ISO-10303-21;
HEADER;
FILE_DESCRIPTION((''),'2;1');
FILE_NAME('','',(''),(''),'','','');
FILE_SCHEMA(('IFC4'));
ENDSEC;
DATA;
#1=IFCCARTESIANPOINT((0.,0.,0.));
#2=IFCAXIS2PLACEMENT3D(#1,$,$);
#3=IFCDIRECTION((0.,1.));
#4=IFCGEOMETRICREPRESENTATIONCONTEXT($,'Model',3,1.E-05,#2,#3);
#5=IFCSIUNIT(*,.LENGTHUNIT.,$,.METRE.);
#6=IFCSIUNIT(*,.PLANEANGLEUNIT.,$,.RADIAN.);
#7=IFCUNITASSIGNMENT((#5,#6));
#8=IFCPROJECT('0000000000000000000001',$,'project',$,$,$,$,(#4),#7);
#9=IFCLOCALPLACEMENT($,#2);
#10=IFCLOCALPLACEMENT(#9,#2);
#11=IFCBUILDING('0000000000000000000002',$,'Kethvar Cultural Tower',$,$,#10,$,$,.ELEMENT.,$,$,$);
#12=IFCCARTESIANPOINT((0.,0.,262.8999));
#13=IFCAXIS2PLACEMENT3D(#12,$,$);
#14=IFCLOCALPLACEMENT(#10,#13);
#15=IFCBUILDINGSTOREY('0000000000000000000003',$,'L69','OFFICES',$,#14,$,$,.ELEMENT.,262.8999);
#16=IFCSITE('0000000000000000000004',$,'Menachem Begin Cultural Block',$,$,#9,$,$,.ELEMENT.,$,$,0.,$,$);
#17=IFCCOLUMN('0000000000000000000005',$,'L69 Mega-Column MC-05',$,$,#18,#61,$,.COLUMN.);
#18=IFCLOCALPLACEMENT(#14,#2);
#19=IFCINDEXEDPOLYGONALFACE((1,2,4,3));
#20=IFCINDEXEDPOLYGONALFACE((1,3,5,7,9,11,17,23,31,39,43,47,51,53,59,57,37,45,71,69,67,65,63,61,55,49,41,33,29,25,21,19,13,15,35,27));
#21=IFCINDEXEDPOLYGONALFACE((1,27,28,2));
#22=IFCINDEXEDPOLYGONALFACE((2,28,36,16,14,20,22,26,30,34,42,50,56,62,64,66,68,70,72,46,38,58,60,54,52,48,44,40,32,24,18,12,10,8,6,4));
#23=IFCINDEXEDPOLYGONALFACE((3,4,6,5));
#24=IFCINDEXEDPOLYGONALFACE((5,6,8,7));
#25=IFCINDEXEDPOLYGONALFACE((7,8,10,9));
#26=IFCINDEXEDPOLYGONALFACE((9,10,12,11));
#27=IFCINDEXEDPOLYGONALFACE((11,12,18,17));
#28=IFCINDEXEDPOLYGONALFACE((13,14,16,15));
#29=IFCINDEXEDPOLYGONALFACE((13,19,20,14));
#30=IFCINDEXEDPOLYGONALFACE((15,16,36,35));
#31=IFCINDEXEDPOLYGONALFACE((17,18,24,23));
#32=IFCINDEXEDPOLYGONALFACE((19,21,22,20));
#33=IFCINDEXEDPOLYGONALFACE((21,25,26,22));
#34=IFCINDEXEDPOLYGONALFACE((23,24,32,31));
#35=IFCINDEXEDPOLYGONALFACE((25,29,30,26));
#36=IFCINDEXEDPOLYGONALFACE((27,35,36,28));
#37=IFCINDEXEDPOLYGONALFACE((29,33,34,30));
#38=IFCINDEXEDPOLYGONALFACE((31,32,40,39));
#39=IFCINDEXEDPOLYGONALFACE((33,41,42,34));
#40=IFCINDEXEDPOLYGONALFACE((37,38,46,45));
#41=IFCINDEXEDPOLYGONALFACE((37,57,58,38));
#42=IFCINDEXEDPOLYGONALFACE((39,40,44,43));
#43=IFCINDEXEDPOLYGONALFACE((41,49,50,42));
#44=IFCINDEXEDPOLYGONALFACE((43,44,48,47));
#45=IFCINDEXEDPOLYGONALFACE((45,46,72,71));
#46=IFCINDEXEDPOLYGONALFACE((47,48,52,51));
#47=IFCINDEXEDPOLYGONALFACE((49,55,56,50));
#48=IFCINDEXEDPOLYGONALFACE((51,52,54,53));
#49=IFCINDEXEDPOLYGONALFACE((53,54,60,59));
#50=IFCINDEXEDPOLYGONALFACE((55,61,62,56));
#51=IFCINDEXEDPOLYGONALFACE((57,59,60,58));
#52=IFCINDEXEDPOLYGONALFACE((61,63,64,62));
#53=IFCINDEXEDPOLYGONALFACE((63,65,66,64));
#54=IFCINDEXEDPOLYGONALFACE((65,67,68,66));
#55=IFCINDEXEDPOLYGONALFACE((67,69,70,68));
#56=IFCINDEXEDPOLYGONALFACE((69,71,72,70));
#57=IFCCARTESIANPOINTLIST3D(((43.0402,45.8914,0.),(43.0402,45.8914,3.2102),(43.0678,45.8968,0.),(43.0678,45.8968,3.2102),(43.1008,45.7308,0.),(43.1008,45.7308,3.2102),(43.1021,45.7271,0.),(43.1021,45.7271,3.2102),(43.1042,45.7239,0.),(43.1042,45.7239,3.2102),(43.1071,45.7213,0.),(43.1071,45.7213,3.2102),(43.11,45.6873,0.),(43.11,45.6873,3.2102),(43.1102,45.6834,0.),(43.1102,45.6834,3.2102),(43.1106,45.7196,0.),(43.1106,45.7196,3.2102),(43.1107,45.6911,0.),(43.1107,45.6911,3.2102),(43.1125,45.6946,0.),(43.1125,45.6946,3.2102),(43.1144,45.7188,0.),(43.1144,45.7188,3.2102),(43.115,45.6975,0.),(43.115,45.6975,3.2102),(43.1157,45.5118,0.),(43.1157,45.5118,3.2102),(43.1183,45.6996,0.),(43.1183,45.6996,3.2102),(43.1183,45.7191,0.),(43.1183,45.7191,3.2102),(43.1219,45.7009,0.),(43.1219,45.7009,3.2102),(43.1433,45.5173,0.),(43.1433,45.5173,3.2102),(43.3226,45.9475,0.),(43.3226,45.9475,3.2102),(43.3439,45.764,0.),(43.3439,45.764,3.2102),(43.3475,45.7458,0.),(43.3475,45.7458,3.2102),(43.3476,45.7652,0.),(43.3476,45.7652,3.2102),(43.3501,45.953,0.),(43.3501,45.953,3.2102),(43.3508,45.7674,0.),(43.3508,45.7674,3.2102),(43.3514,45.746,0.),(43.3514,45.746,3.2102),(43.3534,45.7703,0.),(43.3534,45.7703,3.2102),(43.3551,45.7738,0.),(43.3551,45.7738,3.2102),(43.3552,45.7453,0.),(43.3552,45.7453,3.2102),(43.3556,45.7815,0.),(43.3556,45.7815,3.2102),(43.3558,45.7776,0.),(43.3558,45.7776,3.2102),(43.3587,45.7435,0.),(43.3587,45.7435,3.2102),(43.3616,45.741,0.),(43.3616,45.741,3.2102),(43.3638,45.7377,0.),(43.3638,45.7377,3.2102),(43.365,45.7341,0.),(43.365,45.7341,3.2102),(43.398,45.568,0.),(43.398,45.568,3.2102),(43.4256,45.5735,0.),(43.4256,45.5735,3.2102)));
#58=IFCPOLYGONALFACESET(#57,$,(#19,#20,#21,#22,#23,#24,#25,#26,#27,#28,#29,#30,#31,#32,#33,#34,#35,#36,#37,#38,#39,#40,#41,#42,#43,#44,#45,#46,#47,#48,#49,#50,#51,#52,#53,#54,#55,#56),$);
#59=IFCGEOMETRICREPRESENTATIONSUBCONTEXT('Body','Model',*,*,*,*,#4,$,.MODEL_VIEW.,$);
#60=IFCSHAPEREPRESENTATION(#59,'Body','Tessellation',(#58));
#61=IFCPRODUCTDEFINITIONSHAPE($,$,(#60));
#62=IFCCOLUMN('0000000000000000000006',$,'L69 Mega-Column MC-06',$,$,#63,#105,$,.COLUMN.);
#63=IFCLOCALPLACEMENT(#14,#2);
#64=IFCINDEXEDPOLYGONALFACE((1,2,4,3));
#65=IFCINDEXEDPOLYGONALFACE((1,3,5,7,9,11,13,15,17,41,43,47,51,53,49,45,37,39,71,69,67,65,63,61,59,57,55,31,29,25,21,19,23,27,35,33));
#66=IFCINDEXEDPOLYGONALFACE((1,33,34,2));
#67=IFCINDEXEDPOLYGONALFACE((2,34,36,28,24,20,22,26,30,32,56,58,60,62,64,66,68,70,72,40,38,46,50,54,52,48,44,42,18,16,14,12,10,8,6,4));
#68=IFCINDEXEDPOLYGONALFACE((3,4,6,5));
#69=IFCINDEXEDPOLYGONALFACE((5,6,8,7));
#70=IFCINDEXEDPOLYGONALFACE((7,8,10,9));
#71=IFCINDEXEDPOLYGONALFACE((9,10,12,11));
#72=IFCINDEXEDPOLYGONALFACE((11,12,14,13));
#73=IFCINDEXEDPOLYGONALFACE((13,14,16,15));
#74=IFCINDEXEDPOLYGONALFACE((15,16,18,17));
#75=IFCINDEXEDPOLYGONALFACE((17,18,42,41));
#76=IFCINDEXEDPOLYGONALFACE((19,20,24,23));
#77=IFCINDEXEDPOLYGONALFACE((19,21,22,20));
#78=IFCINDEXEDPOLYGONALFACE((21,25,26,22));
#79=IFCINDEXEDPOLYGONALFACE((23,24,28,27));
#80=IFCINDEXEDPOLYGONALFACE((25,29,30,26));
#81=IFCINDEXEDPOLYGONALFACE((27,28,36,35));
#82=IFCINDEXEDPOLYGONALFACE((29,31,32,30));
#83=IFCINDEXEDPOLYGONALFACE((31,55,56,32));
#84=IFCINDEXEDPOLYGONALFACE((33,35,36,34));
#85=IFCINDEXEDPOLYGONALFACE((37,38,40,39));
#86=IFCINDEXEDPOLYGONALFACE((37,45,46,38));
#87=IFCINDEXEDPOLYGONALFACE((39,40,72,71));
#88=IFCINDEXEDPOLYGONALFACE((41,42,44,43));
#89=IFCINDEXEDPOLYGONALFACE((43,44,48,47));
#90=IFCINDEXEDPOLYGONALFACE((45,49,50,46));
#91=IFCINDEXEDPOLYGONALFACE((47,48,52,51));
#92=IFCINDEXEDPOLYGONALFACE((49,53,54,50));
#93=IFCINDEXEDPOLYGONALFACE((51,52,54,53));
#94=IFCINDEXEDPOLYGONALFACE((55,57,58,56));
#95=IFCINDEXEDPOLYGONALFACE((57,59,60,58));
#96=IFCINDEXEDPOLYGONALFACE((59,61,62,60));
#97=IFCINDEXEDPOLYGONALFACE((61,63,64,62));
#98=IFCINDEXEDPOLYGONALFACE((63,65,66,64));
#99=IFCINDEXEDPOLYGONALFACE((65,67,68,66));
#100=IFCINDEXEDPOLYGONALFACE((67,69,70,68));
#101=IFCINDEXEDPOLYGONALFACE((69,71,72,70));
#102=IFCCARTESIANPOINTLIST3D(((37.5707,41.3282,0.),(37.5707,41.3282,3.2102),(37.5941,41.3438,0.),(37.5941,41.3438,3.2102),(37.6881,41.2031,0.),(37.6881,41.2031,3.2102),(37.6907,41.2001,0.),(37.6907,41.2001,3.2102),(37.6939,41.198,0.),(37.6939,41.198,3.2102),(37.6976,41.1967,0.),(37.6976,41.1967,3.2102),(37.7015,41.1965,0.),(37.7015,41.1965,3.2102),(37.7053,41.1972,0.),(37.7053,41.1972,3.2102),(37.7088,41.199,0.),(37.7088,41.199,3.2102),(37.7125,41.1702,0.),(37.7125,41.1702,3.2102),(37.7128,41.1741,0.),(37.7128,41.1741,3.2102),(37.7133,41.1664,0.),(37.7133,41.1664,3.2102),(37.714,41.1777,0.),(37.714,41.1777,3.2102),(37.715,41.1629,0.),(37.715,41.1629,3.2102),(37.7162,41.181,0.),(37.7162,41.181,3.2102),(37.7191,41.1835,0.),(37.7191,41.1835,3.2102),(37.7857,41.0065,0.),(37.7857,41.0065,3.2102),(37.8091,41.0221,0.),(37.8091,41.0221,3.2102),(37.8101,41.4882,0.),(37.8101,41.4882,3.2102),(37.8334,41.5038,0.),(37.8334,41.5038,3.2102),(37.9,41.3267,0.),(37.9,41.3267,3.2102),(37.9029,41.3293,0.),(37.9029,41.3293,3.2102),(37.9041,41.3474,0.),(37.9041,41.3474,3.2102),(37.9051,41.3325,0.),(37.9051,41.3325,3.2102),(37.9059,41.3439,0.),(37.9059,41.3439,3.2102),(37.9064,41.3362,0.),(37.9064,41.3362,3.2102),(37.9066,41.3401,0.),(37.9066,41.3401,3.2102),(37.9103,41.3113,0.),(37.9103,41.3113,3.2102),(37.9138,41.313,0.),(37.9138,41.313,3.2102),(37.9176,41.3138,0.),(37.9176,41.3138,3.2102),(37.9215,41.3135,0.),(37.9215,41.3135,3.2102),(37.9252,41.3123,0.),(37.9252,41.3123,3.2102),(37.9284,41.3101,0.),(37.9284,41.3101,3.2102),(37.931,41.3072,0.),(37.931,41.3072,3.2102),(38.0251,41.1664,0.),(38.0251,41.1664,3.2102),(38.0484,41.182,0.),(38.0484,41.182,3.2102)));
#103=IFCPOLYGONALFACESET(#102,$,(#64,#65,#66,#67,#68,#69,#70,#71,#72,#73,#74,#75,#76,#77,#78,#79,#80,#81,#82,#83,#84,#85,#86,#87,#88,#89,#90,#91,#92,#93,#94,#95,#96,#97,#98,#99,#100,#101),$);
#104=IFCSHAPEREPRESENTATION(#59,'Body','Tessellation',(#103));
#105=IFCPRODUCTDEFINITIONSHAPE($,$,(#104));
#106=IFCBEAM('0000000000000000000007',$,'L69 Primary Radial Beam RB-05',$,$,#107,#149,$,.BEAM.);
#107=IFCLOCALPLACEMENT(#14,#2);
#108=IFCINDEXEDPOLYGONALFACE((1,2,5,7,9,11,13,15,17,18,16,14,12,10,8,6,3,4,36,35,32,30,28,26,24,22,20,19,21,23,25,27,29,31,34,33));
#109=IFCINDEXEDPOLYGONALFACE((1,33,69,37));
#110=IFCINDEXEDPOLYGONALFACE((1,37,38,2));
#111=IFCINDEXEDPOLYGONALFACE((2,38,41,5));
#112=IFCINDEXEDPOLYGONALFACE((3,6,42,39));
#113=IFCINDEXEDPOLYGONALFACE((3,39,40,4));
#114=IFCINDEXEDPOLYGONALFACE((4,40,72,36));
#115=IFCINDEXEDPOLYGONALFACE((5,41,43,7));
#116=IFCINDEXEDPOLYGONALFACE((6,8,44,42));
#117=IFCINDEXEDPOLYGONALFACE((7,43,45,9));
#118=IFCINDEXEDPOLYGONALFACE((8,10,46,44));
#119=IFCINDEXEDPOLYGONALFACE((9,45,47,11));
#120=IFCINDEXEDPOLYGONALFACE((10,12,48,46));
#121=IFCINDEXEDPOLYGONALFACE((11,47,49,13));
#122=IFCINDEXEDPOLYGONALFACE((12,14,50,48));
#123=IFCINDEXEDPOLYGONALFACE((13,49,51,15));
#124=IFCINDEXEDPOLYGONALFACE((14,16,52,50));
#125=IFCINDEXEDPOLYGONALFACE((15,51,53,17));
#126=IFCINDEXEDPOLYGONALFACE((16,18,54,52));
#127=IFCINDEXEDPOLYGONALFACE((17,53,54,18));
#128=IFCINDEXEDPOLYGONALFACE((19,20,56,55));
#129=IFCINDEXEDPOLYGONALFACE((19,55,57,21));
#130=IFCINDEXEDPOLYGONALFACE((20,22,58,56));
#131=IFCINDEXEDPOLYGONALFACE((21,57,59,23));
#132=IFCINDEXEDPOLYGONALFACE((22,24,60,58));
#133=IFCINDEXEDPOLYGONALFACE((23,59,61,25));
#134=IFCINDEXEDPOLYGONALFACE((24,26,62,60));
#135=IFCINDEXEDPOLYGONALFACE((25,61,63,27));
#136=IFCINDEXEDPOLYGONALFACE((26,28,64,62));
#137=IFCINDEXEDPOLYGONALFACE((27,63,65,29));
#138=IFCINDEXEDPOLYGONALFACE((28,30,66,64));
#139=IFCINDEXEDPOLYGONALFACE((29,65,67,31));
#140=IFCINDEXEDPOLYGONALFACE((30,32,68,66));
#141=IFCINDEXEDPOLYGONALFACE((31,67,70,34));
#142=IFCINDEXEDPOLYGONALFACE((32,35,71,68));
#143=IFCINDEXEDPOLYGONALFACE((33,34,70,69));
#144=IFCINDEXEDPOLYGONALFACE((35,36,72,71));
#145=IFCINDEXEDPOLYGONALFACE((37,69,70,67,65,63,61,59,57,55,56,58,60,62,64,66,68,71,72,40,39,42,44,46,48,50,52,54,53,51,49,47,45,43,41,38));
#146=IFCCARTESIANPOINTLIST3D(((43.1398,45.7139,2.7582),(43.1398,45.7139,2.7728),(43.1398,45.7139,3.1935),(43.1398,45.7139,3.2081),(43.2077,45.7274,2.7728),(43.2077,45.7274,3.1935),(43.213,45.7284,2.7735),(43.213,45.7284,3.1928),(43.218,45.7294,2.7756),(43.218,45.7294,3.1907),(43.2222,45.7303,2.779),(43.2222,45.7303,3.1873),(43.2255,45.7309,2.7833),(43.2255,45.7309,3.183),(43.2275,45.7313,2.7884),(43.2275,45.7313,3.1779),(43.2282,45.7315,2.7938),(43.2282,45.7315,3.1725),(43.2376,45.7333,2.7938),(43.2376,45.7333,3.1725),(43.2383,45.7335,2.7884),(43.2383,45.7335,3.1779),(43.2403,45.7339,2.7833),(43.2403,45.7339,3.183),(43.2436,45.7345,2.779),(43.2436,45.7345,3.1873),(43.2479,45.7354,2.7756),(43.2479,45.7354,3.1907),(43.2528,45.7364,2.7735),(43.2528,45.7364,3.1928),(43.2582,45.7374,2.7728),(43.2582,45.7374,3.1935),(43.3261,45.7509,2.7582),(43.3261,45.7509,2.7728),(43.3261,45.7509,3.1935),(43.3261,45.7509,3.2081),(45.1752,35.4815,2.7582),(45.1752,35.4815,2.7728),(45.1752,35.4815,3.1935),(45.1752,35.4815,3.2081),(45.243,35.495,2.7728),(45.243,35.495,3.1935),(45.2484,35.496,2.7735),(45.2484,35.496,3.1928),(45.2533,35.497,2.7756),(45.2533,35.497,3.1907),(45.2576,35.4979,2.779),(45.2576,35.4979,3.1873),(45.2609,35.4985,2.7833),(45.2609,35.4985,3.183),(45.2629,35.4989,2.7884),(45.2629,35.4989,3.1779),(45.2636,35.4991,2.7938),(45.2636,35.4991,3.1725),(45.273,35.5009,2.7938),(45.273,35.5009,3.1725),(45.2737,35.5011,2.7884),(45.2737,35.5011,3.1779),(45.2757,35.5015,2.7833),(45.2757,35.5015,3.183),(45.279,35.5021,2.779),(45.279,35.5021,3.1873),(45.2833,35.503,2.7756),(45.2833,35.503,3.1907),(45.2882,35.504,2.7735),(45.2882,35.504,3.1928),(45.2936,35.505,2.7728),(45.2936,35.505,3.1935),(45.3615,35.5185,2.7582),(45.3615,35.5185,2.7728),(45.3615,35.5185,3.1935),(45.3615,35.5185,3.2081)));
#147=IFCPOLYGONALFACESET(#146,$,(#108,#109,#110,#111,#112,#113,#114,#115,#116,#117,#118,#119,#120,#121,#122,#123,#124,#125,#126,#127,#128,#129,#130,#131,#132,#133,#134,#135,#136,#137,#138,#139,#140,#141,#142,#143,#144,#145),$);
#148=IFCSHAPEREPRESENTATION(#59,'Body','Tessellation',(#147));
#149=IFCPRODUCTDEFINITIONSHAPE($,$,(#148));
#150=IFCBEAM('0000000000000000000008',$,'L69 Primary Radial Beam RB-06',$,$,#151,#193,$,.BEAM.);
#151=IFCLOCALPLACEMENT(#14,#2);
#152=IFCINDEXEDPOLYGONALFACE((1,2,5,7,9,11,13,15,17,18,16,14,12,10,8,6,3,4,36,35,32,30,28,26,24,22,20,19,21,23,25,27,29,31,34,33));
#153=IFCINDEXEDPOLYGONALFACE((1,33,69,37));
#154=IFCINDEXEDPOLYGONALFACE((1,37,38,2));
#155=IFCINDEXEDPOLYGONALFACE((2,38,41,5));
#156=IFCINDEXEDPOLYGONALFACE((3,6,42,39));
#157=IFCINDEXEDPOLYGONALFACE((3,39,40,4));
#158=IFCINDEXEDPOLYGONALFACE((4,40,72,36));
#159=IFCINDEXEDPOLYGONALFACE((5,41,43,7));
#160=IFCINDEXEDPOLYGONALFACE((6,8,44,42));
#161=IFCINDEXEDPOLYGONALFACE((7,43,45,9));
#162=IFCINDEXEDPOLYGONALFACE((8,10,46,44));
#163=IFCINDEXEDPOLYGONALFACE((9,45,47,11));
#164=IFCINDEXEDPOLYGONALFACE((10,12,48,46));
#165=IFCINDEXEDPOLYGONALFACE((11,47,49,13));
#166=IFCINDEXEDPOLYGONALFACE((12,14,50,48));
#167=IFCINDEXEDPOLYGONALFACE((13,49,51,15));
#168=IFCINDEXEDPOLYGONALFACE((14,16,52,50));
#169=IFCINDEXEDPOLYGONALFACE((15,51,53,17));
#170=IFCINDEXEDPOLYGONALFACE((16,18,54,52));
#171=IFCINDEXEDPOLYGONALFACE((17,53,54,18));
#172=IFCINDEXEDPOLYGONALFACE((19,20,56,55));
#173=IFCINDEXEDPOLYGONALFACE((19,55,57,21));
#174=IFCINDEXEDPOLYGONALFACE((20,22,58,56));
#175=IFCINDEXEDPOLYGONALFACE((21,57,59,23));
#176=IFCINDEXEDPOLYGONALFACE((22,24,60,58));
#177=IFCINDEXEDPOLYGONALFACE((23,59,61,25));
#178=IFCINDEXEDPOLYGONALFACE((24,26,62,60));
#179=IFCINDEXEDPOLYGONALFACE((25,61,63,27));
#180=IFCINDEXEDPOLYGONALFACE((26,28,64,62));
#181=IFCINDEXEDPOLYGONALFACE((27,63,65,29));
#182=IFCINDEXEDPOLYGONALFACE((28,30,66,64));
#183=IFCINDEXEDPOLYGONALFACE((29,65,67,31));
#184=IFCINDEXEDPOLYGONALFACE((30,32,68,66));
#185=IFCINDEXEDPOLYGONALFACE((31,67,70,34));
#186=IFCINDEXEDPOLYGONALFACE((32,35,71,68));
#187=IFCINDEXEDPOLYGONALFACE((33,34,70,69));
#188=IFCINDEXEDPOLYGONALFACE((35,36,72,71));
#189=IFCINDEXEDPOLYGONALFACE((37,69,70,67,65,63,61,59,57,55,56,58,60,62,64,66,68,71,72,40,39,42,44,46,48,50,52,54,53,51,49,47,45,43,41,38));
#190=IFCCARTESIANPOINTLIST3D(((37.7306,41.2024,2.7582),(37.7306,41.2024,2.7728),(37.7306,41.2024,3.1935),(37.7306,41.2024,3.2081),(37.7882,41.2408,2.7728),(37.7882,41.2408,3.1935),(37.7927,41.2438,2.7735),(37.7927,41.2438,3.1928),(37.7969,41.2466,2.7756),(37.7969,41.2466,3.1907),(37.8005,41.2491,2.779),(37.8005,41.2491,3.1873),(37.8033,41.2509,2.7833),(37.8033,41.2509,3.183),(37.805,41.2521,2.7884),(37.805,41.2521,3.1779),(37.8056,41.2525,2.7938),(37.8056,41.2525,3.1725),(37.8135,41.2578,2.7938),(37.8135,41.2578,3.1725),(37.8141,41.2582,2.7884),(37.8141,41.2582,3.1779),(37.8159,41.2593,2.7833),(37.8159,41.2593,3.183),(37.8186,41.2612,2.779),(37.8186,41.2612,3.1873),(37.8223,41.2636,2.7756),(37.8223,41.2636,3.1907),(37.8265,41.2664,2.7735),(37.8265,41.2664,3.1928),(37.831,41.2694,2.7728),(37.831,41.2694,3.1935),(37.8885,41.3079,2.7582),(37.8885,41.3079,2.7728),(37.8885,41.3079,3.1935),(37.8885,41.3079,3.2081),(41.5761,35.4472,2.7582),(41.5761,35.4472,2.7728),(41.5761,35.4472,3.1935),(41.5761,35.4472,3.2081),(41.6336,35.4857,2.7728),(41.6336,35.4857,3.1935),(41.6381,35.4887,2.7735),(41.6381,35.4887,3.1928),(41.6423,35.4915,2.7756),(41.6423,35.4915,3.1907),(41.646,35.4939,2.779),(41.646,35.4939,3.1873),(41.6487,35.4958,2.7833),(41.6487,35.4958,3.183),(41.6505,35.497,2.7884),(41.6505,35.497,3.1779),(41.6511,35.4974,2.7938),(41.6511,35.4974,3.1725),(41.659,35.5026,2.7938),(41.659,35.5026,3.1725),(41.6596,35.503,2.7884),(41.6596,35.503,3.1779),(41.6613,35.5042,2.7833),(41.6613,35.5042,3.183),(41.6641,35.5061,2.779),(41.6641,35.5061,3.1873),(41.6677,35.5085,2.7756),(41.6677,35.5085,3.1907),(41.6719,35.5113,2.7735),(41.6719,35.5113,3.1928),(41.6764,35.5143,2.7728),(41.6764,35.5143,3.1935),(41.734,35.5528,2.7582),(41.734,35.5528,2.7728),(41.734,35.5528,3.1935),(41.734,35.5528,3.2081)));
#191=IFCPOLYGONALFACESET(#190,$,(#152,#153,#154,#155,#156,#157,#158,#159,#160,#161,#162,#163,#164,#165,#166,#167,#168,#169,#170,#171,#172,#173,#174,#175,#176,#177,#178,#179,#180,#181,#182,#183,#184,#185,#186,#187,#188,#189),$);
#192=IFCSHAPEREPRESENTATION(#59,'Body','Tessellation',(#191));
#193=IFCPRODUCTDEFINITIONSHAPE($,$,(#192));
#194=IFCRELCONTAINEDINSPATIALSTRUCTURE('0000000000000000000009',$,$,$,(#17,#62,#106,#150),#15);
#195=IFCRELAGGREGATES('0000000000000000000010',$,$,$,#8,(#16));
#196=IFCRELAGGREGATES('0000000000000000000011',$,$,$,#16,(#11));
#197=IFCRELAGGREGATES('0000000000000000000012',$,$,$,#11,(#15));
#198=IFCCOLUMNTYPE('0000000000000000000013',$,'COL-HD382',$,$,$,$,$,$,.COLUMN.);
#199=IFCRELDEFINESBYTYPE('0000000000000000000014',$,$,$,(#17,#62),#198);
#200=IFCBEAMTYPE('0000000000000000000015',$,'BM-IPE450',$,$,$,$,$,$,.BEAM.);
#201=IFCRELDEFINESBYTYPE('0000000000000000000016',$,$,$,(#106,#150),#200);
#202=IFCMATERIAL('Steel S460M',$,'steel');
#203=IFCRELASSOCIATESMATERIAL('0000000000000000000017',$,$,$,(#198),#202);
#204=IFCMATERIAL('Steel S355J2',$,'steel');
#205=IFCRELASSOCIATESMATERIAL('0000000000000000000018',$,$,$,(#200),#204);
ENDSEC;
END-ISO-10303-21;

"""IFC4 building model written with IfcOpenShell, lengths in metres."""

from ifc_helpers import new_model, si_unit, direction, frame, origin, origin_2d, place, context, subcontext, project, spatial, i_section, extrude, source, transform, mapped, material, material_profile, profile_set, type_object, element, save


model = new_model("IFC4")

# Units and contexts
model_context = context("Model", 3, precision=1e-05, world=origin(), true_north=direction((0.0, 1.0)))
body_context = subcontext(model_context, "Body", "Model", "MODEL_VIEW")
ifc_project = project(units=[si_unit("LENGTHUNIT", "METRE"), si_unit("PLANEANGLEUNIT", "RADIAN")], contexts=[model_context])

# Site, building, storey
site_placement = place(None, origin())
site = spatial("IfcSite", under=ifc_project, at=site_placement, Name="Menachem Begin Cultural Block", CompositionType="ELEMENT", RefElevation=0.0)
building_placement = place(site_placement, origin())
building = spatial("IfcBuilding", under=site, at=building_placement, Name="Kethvar Cultural Tower", CompositionType="ELEMENT")
storey_placement = place(building_placement, frame((0.0, 0.0, 262.8999)))
storey = spatial("IfcBuildingStorey", under=building, at=storey_placement, Name="L69", Description="OFFICES", CompositionType="ELEMENT", Elevation=262.8999)

# Columns
ifc_material_1 = material(Name="Steel S460M", Category="steel")
ifc_material_profile_1 = material_profile(ifc_material_1, i_section(OverallWidth=0.387, OverallDepth=0.3159, WebThickness=0.0186, FlangeThickness=0.0281, FilletRadius=0.0149, at=origin_2d()), Name="Steel S460M — HD400x382")
ifc_profile_set_1 = profile_set([ifc_material_profile_1], Name="Steel S460M — HD400x382")
column_type = type_object("IfcColumnType", Name="COL-HD382", PredefinedType="COLUMN", material=ifc_profile_set_1)
shared_shape_1 = source(origin(), body_context, "Body", "SweptSolid", [
    extrude(i_section(OverallWidth=0.387, OverallDepth=0.3159, WebThickness=0.0186, FlangeThickness=0.0281, FilletRadius=0.0149, at=origin_2d()), origin(), (0.0, 0.0, 1.0), 3.2102),
])
for number, where, z_axis, x_axis, name in (
    (1, (43.2329, 45.7324, 0.0), (0.0, 0.0, 1.0), (-0.19509, 0.980785, 0.0), "L69 Mega-Column MC-05"),
    (2, (37.8096, 41.2551, 0.0), (0.0, 0.0, 1.0), (-0.55557, 0.83147, 0.0), "L69 Mega-Column MC-06"),
):
    element("IfcColumn", number, at=place(storey_placement, frame(where, z_axis=z_axis, x_axis=x_axis)), inside=storey, type_object=column_type, Name=name, PredefinedType="COLUMN", context=body_context, shape_type="MappedRepresentation", body=[
        mapped(shared_shape_1, transform((0.0, 0.0, 0.0), scale=1.0)),
    ])

# Beams
ifc_material_2 = material(Name="Steel S355J2", Category="steel")
ifc_material_profile_2 = material_profile(ifc_material_2, i_section(OverallWidth=0.1899, OverallDepth=0.45, WebThickness=0.0095, FlangeThickness=0.0146, FilletRadius=0.021, at=origin_2d()), Name="Steel S355J2 — IPE450")
ifc_profile_set_2 = profile_set([ifc_material_profile_2], Name="Steel S355J2 — IPE450")
beam_type_1 = type_object("IfcBeamType", Name="BM-IPE450", PredefinedType="BEAM", material=ifc_profile_set_2)
shared_shape_2 = source(origin(), body_context, "Body", "SweptSolid", [
    extrude(i_section(OverallWidth=0.1899, OverallDepth=0.45, WebThickness=0.0095, FlangeThickness=0.0146, FilletRadius=0.021, at=origin_2d()), origin(), (0.0, 0.0, 1.0), 10.4329),
])
beam_1_placement = place(storey_placement, frame((45.2683, 35.5, 2.9832), z_axis=(-0.195094, 0.980784, 0.0), x_axis=(-0.980784, -0.195094, 0.0)))
element("IfcBeam", 3, at=beam_1_placement, inside=storey, type_object=beam_type_1, Name="L69 Primary Radial Beam RB-05", PredefinedType="BEAM", context=body_context, shape_type="MappedRepresentation", body=[
    mapped(shared_shape_2, transform((0.0, 0.0, 0.0), scale=1.0)),
])
shared_shape_3 = source(origin(), body_context, "Body", "SweptSolid", [
    extrude(i_section(OverallWidth=0.1899, OverallDepth=0.45, WebThickness=0.0095, FlangeThickness=0.0146, FilletRadius=0.021, at=origin_2d()), origin(), (0.0, 0.0, 1.0), 6.9216),
])
beam_2_placement = place(storey_placement, frame((41.655, 35.5, 2.9832), z_axis=(-0.555571, 0.831469, 0.0), x_axis=(-0.831469, -0.555571, 0.0)))
element("IfcBeam", 4, at=beam_2_placement, inside=storey, type_object=beam_type_1, Name="L69 Primary Radial Beam RB-06", PredefinedType="BEAM", context=body_context, shape_type="MappedRepresentation", body=[
    mapped(shared_shape_3, transform((0.0, 0.0, 0.0), scale=1.0)),
])

save(model, "model.ifc")
